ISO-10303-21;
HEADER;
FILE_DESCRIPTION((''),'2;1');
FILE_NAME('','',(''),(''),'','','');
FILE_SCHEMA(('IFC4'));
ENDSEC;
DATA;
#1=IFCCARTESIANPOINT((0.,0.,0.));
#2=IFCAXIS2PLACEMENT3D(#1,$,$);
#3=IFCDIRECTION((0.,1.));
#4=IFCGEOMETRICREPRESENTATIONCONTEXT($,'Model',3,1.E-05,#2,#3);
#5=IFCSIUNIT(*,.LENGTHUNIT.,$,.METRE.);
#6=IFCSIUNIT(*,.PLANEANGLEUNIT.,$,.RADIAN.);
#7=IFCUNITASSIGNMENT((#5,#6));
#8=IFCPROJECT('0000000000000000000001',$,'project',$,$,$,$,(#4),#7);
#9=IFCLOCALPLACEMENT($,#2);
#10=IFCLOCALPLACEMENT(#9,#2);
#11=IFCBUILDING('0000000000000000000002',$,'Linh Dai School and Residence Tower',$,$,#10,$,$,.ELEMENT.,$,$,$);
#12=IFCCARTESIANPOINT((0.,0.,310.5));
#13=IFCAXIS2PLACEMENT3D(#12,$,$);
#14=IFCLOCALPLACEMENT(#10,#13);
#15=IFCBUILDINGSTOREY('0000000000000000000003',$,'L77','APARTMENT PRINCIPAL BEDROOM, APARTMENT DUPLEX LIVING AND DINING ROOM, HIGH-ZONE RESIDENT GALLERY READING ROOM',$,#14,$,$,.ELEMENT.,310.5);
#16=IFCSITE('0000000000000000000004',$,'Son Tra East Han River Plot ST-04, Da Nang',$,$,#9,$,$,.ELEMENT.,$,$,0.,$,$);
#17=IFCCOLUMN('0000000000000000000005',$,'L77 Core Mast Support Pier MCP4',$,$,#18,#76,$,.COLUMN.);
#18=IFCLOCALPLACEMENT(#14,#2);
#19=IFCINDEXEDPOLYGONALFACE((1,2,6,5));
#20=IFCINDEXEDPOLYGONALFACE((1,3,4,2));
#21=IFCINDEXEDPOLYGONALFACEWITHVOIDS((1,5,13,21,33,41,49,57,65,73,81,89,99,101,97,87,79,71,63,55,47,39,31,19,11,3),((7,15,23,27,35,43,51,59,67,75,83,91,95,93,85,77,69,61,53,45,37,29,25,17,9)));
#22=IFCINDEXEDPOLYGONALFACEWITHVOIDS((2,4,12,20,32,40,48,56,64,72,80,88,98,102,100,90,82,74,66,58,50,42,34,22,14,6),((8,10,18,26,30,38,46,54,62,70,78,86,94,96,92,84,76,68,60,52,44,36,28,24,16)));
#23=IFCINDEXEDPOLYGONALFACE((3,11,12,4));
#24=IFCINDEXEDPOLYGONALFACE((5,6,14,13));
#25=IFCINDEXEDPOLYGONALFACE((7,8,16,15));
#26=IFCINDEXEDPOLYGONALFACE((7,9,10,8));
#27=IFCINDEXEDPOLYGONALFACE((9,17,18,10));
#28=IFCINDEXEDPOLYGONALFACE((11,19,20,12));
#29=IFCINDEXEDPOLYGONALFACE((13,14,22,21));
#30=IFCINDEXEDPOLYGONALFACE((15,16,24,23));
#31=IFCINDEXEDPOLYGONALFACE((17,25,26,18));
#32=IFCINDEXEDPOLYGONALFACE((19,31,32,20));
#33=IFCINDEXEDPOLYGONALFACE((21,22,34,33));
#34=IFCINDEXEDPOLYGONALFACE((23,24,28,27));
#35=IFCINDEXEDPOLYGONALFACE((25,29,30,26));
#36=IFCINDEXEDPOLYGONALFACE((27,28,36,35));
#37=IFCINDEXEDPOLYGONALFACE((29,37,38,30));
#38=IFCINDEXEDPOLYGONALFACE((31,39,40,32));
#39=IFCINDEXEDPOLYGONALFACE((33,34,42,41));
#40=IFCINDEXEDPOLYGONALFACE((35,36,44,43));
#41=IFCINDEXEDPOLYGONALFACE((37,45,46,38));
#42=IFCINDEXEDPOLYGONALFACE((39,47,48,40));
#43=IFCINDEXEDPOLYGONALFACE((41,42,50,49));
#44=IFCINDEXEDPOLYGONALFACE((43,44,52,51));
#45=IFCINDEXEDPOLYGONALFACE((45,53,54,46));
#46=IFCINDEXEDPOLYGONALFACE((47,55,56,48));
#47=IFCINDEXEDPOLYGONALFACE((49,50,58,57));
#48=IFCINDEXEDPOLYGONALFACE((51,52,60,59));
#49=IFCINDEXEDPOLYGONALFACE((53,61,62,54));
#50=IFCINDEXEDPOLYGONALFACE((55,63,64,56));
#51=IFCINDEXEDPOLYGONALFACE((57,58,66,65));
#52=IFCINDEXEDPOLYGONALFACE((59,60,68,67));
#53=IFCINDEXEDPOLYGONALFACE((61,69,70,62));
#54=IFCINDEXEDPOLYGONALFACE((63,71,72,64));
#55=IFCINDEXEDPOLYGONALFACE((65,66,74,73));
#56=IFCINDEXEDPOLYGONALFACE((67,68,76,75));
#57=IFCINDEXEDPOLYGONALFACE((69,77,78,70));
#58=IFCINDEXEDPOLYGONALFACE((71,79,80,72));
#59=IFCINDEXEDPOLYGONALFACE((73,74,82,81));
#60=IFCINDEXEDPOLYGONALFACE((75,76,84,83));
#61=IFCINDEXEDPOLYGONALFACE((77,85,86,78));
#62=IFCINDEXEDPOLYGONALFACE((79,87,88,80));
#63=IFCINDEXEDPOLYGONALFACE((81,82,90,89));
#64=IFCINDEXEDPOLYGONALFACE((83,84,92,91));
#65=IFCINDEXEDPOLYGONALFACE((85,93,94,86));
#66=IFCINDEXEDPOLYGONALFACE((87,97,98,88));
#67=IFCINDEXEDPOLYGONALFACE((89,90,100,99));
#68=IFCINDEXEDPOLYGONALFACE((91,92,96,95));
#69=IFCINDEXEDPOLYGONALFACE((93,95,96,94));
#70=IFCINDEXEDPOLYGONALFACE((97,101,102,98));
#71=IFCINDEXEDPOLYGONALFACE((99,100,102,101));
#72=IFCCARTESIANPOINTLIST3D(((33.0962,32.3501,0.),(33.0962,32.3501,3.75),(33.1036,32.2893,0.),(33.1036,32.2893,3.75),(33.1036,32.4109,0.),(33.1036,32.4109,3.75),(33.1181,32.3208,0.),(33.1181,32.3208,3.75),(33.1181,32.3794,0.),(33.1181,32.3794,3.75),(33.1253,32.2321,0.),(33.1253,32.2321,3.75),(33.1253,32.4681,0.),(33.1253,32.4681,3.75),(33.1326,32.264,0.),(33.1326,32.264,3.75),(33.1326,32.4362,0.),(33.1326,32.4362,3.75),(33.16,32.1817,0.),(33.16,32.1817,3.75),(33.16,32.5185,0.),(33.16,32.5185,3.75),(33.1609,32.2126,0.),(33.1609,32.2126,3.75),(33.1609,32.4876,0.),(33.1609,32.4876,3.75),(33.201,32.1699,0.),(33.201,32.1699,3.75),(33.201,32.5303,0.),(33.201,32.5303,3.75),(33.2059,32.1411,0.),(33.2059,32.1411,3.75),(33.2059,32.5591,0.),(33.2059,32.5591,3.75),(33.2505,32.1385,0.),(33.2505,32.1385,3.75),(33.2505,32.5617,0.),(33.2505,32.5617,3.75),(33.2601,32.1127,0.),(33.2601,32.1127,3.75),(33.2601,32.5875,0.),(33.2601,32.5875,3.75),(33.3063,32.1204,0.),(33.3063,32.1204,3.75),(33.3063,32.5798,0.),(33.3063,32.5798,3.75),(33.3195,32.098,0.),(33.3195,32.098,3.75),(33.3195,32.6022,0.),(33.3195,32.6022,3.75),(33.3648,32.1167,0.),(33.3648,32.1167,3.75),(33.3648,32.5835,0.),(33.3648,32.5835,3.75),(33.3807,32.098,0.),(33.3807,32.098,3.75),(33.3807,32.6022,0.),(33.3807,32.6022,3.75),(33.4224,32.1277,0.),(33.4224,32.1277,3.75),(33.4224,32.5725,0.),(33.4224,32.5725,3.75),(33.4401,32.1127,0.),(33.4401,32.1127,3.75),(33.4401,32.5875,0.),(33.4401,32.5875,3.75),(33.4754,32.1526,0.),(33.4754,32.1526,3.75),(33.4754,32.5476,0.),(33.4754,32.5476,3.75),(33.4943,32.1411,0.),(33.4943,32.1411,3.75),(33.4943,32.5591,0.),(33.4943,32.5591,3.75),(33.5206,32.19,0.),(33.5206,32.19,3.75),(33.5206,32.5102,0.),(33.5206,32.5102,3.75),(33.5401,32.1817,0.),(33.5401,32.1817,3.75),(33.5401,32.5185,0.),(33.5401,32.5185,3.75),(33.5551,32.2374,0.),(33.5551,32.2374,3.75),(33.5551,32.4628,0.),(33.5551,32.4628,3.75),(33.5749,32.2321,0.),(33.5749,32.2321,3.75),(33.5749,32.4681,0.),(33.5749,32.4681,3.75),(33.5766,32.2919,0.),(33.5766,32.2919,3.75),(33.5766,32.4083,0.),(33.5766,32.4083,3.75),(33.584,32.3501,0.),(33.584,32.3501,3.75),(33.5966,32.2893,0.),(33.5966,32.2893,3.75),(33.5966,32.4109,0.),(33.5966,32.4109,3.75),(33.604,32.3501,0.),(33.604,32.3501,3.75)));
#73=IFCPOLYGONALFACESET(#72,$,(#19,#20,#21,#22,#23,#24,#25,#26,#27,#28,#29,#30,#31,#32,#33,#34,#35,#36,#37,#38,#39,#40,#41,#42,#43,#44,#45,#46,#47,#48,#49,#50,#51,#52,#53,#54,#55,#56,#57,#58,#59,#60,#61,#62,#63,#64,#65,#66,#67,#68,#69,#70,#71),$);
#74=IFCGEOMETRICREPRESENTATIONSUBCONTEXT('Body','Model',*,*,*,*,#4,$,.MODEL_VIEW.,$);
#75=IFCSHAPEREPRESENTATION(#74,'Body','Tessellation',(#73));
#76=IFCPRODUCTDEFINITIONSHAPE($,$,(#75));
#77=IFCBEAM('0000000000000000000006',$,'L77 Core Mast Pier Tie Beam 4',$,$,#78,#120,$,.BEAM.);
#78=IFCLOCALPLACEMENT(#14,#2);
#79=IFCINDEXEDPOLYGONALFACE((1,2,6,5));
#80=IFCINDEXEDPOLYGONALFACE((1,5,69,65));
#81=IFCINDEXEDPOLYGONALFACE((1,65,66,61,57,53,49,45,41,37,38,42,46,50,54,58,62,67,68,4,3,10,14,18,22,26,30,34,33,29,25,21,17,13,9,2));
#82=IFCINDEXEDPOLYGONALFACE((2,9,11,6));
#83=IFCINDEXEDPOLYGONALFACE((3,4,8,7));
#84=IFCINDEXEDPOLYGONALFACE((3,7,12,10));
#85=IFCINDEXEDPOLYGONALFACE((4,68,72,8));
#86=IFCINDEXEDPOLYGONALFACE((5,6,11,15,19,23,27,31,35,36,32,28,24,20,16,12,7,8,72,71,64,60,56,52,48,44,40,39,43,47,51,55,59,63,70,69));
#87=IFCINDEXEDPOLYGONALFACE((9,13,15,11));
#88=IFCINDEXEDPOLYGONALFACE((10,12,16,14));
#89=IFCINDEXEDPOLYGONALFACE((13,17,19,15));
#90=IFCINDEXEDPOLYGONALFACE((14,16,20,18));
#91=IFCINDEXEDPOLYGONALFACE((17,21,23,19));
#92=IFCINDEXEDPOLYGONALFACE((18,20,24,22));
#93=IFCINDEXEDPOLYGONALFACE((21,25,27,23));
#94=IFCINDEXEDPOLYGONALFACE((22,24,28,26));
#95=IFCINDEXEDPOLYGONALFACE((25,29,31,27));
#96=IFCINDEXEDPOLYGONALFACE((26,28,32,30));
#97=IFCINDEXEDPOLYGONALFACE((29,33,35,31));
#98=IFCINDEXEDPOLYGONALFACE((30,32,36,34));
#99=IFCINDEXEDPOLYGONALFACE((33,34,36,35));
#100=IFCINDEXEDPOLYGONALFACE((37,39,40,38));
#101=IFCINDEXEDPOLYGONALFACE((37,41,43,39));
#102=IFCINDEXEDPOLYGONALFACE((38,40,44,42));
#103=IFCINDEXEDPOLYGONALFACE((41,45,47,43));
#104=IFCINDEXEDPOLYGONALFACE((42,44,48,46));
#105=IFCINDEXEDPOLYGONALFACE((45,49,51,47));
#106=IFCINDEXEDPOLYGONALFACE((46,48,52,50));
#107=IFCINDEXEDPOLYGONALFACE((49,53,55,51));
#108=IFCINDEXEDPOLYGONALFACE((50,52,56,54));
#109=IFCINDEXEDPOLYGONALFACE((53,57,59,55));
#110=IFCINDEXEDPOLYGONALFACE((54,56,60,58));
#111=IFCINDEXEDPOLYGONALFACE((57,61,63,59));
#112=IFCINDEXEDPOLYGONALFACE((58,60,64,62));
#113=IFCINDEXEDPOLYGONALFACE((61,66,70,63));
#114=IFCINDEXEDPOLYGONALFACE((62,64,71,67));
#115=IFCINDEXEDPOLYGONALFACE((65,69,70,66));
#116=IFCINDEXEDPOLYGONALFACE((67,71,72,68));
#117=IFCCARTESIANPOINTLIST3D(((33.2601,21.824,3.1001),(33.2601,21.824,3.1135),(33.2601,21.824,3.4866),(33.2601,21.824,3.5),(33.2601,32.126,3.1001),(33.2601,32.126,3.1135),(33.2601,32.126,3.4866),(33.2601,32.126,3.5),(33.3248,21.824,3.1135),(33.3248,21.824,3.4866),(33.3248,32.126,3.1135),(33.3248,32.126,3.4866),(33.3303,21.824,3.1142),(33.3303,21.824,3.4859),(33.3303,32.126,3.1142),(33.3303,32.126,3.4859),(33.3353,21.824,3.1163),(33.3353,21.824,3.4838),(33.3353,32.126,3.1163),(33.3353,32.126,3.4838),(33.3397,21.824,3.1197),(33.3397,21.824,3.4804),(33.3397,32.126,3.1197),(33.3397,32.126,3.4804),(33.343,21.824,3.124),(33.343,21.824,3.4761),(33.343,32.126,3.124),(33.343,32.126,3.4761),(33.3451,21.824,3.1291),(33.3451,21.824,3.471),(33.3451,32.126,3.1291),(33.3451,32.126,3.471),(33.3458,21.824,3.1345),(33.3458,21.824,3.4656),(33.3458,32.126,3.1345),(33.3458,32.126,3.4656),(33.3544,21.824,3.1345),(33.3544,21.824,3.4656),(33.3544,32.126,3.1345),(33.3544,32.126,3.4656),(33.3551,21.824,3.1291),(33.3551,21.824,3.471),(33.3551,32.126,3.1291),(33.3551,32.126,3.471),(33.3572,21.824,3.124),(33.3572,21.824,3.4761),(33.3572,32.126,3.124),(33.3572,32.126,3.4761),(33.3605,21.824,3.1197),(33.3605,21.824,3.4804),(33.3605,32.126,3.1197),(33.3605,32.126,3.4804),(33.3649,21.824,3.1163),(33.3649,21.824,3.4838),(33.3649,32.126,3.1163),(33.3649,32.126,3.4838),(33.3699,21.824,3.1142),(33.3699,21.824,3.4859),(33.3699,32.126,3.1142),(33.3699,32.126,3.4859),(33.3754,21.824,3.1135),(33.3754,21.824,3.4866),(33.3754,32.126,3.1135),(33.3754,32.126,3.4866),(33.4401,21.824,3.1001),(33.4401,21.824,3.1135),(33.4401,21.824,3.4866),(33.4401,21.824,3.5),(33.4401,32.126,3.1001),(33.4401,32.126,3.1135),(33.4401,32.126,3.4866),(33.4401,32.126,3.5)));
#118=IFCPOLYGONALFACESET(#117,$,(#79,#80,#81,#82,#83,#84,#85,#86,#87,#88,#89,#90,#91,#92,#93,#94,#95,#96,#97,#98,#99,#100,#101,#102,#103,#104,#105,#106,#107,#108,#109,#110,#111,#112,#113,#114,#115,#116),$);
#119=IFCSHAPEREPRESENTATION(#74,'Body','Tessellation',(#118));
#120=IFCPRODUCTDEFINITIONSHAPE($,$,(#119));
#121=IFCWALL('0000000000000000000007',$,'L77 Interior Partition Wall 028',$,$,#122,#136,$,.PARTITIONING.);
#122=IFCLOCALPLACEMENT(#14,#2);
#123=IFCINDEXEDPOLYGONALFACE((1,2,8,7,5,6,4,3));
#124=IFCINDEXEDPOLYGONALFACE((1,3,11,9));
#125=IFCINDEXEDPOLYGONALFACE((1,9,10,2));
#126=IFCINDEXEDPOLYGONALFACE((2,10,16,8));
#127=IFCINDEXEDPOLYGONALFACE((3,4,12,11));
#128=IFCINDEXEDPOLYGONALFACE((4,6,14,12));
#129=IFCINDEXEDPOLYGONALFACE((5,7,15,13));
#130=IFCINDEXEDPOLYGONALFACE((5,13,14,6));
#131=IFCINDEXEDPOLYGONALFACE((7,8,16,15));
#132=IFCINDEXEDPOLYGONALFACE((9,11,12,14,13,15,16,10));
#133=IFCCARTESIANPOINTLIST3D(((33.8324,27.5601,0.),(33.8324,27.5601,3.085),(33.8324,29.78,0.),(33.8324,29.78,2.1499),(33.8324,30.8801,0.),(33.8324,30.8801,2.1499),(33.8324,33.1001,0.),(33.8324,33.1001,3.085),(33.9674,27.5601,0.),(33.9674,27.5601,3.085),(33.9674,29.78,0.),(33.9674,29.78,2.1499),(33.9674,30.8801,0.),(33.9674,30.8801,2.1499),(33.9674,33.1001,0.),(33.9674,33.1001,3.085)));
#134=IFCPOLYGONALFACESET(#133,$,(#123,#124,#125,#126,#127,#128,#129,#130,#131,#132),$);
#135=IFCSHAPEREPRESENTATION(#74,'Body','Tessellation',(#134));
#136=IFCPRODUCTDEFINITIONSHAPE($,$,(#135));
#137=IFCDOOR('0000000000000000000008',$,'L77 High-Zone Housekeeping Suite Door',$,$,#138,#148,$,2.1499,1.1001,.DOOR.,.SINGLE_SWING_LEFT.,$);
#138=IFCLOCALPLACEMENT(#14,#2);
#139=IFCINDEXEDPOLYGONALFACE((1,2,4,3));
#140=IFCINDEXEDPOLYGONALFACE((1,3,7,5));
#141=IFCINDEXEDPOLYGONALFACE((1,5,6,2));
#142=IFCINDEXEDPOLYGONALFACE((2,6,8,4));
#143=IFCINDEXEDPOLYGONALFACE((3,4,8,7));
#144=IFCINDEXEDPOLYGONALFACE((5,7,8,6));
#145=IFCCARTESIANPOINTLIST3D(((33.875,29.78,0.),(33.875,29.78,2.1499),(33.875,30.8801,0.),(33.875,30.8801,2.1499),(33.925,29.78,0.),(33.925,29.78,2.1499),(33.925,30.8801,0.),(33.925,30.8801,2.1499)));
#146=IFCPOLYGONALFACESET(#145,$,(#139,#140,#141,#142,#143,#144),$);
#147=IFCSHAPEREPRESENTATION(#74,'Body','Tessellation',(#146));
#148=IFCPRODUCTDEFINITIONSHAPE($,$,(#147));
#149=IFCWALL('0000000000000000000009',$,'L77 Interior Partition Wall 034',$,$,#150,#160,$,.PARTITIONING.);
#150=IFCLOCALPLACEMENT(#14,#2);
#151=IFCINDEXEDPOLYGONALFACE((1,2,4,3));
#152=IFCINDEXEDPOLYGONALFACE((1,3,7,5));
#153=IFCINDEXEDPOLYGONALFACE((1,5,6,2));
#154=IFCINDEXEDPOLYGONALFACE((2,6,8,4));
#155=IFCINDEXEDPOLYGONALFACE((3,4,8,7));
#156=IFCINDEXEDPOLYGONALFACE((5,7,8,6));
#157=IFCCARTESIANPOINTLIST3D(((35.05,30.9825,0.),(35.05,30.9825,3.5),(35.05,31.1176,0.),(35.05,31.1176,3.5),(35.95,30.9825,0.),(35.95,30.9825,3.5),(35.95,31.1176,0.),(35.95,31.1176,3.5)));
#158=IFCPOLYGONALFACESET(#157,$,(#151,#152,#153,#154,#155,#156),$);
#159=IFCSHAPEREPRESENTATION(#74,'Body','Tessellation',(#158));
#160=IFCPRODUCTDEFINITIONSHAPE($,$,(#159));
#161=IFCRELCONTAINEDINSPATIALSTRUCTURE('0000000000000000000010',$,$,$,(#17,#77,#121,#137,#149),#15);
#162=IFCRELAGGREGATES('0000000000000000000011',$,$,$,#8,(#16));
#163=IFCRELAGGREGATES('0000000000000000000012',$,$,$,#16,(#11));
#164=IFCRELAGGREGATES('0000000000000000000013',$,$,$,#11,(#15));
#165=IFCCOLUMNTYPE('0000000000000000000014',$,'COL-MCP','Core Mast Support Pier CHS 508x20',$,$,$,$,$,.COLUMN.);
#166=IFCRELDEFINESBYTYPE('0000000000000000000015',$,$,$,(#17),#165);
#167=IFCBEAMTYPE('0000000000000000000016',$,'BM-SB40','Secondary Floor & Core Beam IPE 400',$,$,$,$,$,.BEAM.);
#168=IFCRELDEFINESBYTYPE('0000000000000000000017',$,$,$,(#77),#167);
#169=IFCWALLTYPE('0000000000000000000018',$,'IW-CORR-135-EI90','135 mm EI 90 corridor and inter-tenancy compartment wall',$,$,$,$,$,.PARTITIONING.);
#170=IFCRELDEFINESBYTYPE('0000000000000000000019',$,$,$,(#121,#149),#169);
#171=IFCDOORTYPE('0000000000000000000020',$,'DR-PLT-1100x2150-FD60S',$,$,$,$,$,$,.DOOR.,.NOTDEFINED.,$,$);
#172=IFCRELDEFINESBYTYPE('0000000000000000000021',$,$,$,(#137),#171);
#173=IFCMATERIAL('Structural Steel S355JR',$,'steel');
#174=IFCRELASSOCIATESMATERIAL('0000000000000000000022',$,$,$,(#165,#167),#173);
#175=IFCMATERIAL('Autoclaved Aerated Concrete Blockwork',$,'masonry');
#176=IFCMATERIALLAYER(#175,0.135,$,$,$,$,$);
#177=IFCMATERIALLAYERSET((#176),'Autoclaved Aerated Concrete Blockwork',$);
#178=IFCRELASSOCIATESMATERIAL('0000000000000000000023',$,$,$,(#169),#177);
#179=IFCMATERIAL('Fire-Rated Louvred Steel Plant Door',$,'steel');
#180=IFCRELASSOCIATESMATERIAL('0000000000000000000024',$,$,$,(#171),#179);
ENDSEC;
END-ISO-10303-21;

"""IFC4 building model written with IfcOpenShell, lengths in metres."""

from ifc_helpers import new_model, si_unit, direction, frame, frame_2d, origin, origin_2d, place, context, subcontext, project, spatial, rectangle, hollow_circle, i_section, extrude, source, transform, mapped, material, layer, layer_set, material_profile, profile_set, type_object, element, fill, save


model = new_model("IFC4")

# Units and contexts
model_context = context("Model", 3, precision=1e-05, world=origin(), true_north=direction((0.0, 1.0)))
body_context = subcontext(model_context, "Body", "Model", "MODEL_VIEW")
ifc_project = project(units=[si_unit("LENGTHUNIT", "METRE"), si_unit("PLANEANGLEUNIT", "RADIAN")], contexts=[model_context])

# Site, building, storey
site_placement = place(None, origin())
site = spatial("IfcSite", under=ifc_project, at=site_placement, Name="Son Tra East Han River Plot ST-04, Da Nang", CompositionType="ELEMENT", RefElevation=0.0)
building_placement = place(site_placement, origin())
building = spatial("IfcBuilding", under=site, at=building_placement, Name="Linh Dai School and Residence Tower", CompositionType="ELEMENT")
storey_placement = place(building_placement, frame((0.0, 0.0, 310.5)))
storey = spatial("IfcBuildingStorey", under=building, at=storey_placement, Name="L77", Description="APARTMENT PRINCIPAL BEDROOM, APARTMENT DUPLEX LIVING AND DINING ROOM, HIGH-ZONE RESIDENT GALLERY READING ROOM", CompositionType="ELEMENT", Elevation=310.5)

# Column
ifc_material_1 = material(Name="Structural Steel S355JR", Category="steel")
ifc_material_profile_1 = material_profile(ifc_material_1, hollow_circle(Radius=0.2539, WallThickness=0.02, at=origin_2d()), Name="CHS 508x20")
ifc_profile_set_1 = profile_set([ifc_material_profile_1], Name="Structural Steel S355JR")
column_type = type_object("IfcColumnType", Name="COL-MCP", Description="Core Mast Support Pier CHS 508x20", PredefinedType="COLUMN", material=ifc_profile_set_1)
column_placement = place(storey_placement, frame((33.3501, 32.3501, 0.0), z_axis=(0.0, 0.0, 1.0), x_axis=(1.0, 0.0, 0.0)))
element("IfcColumn", 1, at=column_placement, inside=storey, type_object=column_type, Name="L77 Core Mast Support Pier MCP4", PredefinedType="COLUMN", context=body_context, shape_type="SweptSolid", body=[
    extrude(hollow_circle(Radius=0.2539, WallThickness=0.02, at=origin_2d()), origin(), (0.0, 0.0, 1.0), 3.75),
])

# Beam
ifc_material_profile_2 = material_profile(ifc_material_1, i_section(OverallWidth=0.1799, OverallDepth=0.3999, WebThickness=0.0085, FlangeThickness=0.0134, FilletRadius=0.021, at=origin_2d()), Name="IPE 400")
ifc_profile_set_2 = profile_set([ifc_material_profile_2], Name="Structural Steel S355JR")
beam_type = type_object("IfcBeamType", Name="BM-SB40", Description="Secondary Floor & Core Beam IPE 400", PredefinedType="BEAM", material=ifc_profile_set_2)
beam_placement = place(storey_placement, frame((33.3501, 32.126, 3.3), z_axis=(0.0, -1.0, 0.0), x_axis=(1.0, 0.0, 0.0)))
element("IfcBeam", 2, at=beam_placement, inside=storey, type_object=beam_type, Name="L77 Core Mast Pier Tie Beam 4", PredefinedType="BEAM", context=body_context, shape_type="SweptSolid", body=[
    extrude(i_section(OverallWidth=0.1799, OverallDepth=0.3999, WebThickness=0.0085, FlangeThickness=0.0134, FilletRadius=0.021, at=origin_2d()), origin(), (0.0, 0.0, 1.0), 10.302),
])

# Wall, opening, door
ifc_material_2 = material(Name="Autoclaved Aerated Concrete Blockwork", Category="masonry")
ifc_layer_1 = layer(ifc_material_2, 0.135)
ifc_layer_set_1 = layer_set([ifc_layer_1], Name="Autoclaved Aerated Concrete Blockwork")
wall_type_1 = type_object("IfcWallType", Name="IW-CORR-135-EI90", Description="135 mm EI 90 corridor and inter-tenancy compartment wall", PredefinedType="PARTITIONING", material=ifc_layer_set_1)
wall_1_placement = place(storey_placement, frame((33.8999, 27.5601, 0.0), z_axis=(0.0, 0.0, 1.0), x_axis=(0.0, 1.0, 0.0)))
wall_1 = element("IfcWall", 3, at=wall_1_placement, inside=storey, type_object=wall_type_1, Name="L77 Interior Partition Wall 028", PredefinedType="PARTITIONING", context=body_context, shape_type="SweptSolid", body=[
    extrude(rectangle(XDim=5.54, YDim=0.135, at=frame_2d((2.77, 0.0))), origin(), (0.0, 0.0, 1.0), 3.085),
])
opening_1_placement = place(wall_1_placement, frame((2.22, 0.0, 0.0)))
opening_1 = element("IfcOpeningElement", 4, at=opening_1_placement, cuts=wall_1, PredefinedType="OPENING", context=body_context, shape_type="SweptSolid", body=[
    extrude(rectangle(XDim=1.1001, YDim=2.1499, at=origin_2d()), frame((0.55, 0.0776, 1.075), z_axis=(0.0, -1.0, 0.0), x_axis=(1.0, 0.0, 0.0)), (0.0, 0.0, 1.0), 0.155),
])
ifc_material_3 = material(Name="Fire-Rated Louvred Steel Plant Door", Category="steel")
door_type_1 = type_object("IfcDoorType", Name="DR-PLT-1100x2150-FD60S", OperationType="NOTDEFINED", PredefinedType="DOOR", material=ifc_material_3)
shared_shape_1 = source(origin(), body_context, "Body", "SweptSolid", [
    extrude(rectangle(XDim=1.1001, YDim=2.1499, at=origin_2d()), frame((0.55, 0.0249, 1.075), z_axis=(0.0, -1.0, 0.0), x_axis=(1.0, 0.0, 0.0)), (0.0, 0.0, 1.0), 0.05),
])
door_1_placement = place(opening_1_placement, origin())
door_1 = element("IfcDoor", 5, at=door_1_placement, inside=storey, type_object=door_type_1, Name="L77 High-Zone Housekeeping Suite Door", OperationType="SINGLE_SWING_LEFT", OverallHeight=2.1499, OverallWidth=1.1001, PredefinedType="DOOR", context=body_context, shape_type="MappedRepresentation", body=[
    mapped(shared_shape_1, transform((0.0, 0.0, 0.0), x_axis=(1.0, 0.0, 0.0), y_axis=(0.0, 1.0, 0.0), z_axis=(0.0, 0.0, 1.0), scale=1.0)),
])
fill(opening_1, door_1)

# Wall
wall_2_placement = place(storey_placement, frame((35.05, 31.05, 0.0), z_axis=(0.0, 0.0, 1.0), x_axis=(1.0, 0.0, 0.0)))
element("IfcWall", 6, at=wall_2_placement, inside=storey, type_object=wall_type_1, Name="L77 Interior Partition Wall 034", PredefinedType="PARTITIONING", context=body_context, shape_type="SweptSolid", body=[
    extrude(rectangle(XDim=0.8999, YDim=0.135, at=frame_2d((0.45, 0.0))), origin(), (0.0, 0.0, 1.0), 3.5),
])

save(model, "model.ifc")
